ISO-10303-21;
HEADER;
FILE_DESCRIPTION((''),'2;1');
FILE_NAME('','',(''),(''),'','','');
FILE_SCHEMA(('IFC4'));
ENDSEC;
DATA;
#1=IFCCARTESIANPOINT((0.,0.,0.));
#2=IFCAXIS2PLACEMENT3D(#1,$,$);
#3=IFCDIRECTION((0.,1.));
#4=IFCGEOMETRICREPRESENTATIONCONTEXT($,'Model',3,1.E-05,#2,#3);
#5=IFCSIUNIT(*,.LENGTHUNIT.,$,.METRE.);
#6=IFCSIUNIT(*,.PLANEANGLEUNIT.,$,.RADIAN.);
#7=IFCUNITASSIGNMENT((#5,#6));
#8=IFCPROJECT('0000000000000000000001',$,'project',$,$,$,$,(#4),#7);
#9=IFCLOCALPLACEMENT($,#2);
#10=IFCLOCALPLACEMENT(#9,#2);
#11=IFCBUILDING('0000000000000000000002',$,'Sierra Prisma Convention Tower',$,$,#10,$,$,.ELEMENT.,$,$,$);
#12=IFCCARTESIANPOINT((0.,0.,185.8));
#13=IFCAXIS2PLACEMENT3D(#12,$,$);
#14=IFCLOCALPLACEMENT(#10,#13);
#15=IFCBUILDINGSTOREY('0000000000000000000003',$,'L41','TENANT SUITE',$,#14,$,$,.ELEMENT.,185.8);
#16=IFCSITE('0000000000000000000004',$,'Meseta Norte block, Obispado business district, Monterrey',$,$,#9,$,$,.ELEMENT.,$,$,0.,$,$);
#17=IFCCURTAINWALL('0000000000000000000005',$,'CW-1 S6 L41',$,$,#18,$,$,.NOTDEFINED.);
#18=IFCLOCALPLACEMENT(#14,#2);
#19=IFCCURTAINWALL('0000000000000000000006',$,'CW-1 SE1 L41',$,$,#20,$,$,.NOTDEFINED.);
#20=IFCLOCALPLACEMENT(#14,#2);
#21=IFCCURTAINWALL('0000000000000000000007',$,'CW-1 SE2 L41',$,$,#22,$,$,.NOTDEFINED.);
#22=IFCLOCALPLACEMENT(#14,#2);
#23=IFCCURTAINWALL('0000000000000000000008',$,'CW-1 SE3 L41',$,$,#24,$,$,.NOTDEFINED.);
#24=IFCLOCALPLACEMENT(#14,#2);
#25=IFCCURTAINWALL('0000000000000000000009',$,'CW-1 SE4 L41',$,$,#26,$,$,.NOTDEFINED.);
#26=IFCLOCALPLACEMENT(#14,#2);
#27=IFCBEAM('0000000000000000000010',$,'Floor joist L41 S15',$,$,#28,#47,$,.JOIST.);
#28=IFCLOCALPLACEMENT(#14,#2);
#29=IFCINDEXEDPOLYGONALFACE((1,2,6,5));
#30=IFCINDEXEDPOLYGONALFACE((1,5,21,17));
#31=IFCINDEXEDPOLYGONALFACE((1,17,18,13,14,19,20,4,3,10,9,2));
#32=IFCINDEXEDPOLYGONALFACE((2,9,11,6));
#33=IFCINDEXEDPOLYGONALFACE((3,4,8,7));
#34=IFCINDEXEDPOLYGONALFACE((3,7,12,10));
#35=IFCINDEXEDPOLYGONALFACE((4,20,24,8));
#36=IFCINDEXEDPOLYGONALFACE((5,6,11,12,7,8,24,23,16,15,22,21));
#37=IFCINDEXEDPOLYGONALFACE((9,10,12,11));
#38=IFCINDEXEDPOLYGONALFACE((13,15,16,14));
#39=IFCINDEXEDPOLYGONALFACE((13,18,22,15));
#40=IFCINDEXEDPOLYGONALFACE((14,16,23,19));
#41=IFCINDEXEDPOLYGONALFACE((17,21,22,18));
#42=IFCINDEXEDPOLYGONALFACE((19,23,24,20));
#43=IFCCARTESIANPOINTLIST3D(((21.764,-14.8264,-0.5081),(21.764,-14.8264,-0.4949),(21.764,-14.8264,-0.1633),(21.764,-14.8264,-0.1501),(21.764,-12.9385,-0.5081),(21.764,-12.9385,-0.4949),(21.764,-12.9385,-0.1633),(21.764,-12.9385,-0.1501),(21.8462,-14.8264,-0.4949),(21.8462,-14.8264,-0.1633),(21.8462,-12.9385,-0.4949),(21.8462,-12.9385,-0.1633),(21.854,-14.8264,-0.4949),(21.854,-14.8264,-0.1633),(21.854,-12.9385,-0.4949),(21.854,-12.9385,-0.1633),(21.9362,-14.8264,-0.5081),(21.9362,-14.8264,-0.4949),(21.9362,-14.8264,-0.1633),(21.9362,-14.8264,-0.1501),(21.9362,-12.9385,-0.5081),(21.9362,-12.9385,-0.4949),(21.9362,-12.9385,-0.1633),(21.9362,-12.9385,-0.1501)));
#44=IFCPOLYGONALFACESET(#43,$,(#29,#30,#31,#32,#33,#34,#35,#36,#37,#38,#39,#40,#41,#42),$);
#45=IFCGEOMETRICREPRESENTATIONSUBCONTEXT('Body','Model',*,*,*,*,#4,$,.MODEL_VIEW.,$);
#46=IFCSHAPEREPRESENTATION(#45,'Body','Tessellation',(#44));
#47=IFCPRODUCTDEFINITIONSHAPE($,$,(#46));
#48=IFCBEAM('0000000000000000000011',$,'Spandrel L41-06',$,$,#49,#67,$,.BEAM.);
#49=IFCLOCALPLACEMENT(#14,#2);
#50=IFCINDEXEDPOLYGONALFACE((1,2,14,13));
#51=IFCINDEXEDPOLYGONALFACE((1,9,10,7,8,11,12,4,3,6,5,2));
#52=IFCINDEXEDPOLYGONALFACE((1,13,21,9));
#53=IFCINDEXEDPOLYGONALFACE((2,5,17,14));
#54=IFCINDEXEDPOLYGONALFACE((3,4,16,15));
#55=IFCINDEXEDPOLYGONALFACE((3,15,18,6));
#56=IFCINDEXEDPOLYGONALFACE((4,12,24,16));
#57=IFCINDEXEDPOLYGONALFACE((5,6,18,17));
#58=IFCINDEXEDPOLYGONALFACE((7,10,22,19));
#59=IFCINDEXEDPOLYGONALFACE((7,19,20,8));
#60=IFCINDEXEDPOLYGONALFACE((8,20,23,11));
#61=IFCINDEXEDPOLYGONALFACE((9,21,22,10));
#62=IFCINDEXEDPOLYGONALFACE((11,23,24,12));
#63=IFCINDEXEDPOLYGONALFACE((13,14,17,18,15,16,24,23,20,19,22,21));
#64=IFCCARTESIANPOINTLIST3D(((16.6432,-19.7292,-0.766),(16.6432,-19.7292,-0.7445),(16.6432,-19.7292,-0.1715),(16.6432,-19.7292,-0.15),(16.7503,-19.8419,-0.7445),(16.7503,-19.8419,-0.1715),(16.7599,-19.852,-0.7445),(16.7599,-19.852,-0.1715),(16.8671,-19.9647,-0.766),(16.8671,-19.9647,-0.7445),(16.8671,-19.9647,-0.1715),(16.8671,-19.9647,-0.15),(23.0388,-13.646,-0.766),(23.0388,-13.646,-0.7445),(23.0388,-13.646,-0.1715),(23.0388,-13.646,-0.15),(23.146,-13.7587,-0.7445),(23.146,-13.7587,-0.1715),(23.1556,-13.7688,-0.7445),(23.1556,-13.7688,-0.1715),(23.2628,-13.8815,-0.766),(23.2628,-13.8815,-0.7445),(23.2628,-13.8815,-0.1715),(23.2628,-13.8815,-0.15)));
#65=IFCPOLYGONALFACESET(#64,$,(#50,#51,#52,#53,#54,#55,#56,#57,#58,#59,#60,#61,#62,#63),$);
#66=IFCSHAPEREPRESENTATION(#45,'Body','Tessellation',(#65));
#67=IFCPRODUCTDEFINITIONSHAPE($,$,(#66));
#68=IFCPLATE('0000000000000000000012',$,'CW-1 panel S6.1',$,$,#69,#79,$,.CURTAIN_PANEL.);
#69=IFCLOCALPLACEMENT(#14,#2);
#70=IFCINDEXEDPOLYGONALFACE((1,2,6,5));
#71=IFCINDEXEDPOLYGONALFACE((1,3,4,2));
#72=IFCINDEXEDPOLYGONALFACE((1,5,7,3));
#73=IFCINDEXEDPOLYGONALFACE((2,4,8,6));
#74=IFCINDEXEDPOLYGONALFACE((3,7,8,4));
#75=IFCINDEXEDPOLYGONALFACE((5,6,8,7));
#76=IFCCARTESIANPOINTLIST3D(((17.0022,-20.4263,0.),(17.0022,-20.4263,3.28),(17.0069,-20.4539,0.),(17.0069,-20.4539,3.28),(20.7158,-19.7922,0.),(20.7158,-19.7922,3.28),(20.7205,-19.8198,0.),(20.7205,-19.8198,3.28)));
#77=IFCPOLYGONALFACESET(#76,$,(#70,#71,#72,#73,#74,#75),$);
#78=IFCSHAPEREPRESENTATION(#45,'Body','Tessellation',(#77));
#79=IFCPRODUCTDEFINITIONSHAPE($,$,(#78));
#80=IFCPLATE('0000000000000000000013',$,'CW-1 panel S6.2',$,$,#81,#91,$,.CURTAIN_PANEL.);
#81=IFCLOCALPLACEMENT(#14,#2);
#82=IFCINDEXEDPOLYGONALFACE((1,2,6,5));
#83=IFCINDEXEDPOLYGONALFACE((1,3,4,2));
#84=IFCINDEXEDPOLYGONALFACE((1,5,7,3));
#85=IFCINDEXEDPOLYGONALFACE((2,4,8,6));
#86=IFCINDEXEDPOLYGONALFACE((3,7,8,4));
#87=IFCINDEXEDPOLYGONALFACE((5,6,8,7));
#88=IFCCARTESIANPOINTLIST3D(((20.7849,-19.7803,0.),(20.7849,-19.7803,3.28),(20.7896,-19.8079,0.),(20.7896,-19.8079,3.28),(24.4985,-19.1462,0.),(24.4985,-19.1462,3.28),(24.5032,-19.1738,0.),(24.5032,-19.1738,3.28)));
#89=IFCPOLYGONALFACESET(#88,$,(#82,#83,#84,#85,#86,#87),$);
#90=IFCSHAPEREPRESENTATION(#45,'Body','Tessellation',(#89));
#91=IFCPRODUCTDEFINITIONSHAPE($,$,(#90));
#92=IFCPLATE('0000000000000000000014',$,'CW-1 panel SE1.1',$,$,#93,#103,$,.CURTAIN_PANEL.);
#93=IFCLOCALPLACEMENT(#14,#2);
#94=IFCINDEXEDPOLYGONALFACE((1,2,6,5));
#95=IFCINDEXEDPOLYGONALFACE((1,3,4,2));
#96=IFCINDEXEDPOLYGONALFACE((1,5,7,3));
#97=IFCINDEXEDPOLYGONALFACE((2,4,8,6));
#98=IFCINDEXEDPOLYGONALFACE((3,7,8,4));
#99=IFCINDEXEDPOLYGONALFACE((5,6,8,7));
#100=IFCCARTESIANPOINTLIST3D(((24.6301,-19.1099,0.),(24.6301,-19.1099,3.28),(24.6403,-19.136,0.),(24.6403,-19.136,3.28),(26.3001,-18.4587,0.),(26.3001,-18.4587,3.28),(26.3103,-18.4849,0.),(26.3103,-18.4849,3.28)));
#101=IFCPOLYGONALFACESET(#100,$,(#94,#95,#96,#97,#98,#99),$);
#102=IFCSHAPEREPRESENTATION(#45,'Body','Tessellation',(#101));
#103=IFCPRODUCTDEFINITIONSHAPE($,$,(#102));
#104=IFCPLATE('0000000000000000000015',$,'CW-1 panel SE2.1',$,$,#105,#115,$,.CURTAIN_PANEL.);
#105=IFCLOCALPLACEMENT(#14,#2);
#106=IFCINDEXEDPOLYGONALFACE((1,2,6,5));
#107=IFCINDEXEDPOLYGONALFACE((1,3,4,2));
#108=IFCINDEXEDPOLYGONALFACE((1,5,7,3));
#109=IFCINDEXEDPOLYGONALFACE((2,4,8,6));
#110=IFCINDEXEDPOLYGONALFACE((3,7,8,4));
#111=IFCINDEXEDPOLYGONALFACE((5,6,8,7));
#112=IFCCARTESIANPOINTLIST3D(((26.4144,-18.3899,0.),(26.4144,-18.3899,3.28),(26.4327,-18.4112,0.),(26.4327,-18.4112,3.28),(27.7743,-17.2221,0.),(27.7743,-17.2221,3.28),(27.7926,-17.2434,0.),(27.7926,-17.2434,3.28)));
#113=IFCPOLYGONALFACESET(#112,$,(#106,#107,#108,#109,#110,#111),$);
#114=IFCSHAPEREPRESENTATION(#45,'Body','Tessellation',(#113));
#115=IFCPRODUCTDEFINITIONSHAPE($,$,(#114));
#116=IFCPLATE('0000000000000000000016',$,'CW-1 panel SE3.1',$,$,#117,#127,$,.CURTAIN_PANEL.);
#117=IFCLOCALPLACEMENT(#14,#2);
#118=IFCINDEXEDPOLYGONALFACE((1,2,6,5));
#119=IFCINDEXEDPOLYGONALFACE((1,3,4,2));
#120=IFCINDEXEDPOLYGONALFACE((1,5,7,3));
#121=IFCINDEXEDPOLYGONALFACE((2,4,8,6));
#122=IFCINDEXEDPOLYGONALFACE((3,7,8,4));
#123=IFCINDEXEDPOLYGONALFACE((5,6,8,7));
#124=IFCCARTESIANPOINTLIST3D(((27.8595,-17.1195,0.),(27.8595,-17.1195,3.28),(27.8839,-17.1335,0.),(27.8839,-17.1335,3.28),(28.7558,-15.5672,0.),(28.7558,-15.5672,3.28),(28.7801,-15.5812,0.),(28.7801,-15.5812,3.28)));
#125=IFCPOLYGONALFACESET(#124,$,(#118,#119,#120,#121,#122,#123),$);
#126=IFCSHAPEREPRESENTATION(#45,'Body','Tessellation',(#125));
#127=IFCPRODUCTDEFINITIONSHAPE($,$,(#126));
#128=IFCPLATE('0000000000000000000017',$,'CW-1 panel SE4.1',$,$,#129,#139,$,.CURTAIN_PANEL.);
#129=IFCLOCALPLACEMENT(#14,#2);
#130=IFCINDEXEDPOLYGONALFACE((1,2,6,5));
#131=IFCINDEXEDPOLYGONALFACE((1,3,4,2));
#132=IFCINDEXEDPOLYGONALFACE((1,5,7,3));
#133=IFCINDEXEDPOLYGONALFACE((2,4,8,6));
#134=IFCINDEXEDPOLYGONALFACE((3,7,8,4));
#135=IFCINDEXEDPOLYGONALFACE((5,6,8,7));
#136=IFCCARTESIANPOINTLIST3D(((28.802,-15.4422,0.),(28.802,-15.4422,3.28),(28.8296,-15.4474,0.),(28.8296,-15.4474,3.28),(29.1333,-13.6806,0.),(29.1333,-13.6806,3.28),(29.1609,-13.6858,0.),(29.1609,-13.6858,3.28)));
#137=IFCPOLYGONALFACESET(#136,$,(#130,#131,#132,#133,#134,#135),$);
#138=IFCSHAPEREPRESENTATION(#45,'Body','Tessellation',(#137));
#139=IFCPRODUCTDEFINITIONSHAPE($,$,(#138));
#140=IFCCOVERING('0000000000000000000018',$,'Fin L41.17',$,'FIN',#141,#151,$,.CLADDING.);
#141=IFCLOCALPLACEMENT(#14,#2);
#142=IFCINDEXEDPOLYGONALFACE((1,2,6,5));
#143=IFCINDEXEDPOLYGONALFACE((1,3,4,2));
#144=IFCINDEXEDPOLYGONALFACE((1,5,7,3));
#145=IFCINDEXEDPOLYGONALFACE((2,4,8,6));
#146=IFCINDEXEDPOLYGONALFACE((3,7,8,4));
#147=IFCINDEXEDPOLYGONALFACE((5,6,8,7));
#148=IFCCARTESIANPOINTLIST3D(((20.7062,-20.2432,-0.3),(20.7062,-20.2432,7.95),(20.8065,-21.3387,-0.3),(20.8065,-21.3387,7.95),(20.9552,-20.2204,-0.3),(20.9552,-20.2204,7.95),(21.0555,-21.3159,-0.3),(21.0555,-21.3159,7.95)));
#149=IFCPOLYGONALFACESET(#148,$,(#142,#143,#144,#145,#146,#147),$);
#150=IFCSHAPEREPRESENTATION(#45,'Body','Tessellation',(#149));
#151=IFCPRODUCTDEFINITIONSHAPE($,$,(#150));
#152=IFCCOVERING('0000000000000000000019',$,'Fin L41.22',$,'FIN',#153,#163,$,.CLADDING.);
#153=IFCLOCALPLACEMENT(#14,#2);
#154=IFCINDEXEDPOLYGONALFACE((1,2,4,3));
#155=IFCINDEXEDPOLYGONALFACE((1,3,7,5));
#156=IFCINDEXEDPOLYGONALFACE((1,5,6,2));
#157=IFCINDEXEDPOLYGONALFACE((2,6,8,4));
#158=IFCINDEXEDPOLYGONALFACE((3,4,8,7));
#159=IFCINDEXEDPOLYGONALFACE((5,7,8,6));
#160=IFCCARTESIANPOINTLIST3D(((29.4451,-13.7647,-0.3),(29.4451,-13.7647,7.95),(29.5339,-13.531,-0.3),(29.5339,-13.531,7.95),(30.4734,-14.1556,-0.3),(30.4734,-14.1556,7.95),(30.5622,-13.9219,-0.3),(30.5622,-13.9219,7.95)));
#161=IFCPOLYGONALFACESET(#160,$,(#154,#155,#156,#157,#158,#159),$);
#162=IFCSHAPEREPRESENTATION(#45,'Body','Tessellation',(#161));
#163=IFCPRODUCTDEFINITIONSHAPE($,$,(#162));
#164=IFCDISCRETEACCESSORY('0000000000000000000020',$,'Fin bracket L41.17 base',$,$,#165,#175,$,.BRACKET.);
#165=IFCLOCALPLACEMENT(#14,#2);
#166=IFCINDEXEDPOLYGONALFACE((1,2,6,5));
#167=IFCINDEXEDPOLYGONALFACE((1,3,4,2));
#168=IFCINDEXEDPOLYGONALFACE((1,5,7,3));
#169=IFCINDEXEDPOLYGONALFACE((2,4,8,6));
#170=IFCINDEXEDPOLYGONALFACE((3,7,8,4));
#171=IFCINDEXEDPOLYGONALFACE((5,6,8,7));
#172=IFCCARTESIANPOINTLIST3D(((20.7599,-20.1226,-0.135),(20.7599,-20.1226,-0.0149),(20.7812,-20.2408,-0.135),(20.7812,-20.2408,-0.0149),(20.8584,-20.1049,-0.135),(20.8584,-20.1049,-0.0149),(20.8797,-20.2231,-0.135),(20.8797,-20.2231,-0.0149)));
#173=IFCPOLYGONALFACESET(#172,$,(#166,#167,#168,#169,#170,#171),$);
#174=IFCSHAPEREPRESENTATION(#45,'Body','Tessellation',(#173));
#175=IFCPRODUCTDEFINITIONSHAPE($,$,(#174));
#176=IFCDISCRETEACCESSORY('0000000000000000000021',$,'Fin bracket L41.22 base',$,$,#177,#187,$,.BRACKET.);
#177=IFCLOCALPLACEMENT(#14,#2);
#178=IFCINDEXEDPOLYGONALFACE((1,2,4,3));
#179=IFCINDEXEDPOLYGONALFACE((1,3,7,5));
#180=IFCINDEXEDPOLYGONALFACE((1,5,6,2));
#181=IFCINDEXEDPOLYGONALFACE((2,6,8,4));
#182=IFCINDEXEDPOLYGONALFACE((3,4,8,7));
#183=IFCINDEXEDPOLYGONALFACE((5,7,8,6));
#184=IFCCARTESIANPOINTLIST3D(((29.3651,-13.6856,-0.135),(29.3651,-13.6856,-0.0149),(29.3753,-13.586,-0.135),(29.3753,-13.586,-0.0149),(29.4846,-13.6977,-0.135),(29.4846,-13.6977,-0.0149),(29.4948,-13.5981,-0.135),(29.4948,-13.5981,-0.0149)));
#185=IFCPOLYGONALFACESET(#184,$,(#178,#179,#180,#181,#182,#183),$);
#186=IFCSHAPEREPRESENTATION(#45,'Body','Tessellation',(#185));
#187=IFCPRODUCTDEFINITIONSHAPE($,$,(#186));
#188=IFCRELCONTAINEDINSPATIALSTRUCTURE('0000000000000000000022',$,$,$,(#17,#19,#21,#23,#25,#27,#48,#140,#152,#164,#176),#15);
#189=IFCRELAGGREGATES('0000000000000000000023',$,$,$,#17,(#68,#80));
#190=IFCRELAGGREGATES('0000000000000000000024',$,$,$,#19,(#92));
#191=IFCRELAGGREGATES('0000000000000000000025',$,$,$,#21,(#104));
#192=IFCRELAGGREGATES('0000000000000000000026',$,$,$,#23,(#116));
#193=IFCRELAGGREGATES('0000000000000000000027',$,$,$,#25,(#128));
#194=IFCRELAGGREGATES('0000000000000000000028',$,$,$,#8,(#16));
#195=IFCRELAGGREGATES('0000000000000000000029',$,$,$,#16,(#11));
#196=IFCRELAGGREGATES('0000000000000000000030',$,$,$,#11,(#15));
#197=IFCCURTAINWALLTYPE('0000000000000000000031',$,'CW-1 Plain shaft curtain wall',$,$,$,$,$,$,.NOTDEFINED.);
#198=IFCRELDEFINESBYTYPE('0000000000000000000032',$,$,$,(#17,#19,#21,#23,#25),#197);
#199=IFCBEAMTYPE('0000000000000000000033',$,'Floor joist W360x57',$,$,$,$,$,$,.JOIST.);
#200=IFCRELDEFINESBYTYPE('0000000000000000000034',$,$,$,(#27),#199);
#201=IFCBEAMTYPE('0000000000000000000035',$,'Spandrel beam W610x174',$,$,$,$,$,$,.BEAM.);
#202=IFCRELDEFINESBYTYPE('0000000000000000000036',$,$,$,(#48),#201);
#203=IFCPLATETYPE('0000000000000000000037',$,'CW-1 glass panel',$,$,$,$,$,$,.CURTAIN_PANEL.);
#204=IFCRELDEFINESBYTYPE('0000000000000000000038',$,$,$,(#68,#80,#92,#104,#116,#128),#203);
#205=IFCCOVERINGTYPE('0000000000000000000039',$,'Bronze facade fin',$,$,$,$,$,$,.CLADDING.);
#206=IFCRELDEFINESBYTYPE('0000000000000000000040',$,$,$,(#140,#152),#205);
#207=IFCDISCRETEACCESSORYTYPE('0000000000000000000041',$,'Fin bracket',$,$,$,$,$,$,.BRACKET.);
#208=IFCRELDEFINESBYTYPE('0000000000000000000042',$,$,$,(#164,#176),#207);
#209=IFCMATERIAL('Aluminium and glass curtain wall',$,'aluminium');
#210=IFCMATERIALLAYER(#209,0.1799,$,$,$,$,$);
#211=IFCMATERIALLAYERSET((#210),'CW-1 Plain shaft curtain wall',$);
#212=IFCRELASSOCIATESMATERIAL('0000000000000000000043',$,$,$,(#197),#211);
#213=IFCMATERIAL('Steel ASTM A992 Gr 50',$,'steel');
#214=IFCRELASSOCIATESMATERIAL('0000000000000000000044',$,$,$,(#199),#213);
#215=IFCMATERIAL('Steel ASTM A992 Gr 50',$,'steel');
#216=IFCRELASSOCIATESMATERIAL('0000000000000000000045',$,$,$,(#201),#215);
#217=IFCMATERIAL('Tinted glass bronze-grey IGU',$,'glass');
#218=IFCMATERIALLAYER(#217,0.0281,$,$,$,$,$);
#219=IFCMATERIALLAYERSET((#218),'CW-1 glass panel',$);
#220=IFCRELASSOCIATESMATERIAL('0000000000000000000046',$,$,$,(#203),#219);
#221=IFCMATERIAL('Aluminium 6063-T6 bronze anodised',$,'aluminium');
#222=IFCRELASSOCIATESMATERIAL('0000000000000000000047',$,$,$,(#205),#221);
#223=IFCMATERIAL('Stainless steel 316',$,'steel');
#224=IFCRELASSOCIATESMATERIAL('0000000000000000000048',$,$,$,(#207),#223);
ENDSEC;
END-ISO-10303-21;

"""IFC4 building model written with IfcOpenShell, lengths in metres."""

from ifc_helpers import new_model, si_unit, direction, frame, origin, origin_2d, place, context, subcontext, project, spatial, rectangle, i_section, extrude, material, layer, layer_set, material_profile, profile_set, type_object, element, aggregate, save


model = new_model("IFC4")

# Units and contexts
model_context = context("Model", 3, precision=1e-05, world=origin(), true_north=direction((0.0, 1.0)))
body_context = subcontext(model_context, "Body", "Model", "MODEL_VIEW")
ifc_project = project(units=[si_unit("LENGTHUNIT", "METRE"), si_unit("PLANEANGLEUNIT", "RADIAN")], contexts=[model_context])

# Site, building, storey
site_placement = place(None, origin())
site = spatial("IfcSite", under=ifc_project, at=site_placement, Name="Meseta Norte block, Obispado business district, Monterrey", CompositionType="ELEMENT", RefElevation=0.0)
building_placement = place(site_placement, origin())
building = spatial("IfcBuilding", under=site, at=building_placement, Name="Sierra Prisma Convention Tower", CompositionType="ELEMENT")
storey_placement = place(building_placement, frame((0.0, 0.0, 185.8)))
storey = spatial("IfcBuildingStorey", under=building, at=storey_placement, Name="L41", Description="TENANT SUITE", CompositionType="ELEMENT", Elevation=185.8)

# Curtain walls
ifc_material_1 = material(Name="Aluminium and glass curtain wall", Category="aluminium")
ifc_layer_1 = layer(ifc_material_1, 0.1799)
ifc_layer_set_1 = layer_set([ifc_layer_1], Name="CW-1 Plain shaft curtain wall")
curtain_wall_type = type_object("IfcCurtainWallType", Name="CW-1 Plain shaft curtain wall", PredefinedType="NOTDEFINED", material=ifc_layer_set_1)
curtain_wall_1_placement = place(storey_placement, origin())
curtain_wall_1 = element("IfcCurtainWall", 1, at=curtain_wall_1_placement, inside=storey, type_object=curtain_wall_type, Name="CW-1 S6 L41", PredefinedType="NOTDEFINED")
curtain_wall_2_placement = place(storey_placement, origin())
curtain_wall_2 = element("IfcCurtainWall", 2, at=curtain_wall_2_placement, inside=storey, type_object=curtain_wall_type, Name="CW-1 SE1 L41", PredefinedType="NOTDEFINED")
curtain_wall_3_placement = place(storey_placement, origin())
curtain_wall_3 = element("IfcCurtainWall", 3, at=curtain_wall_3_placement, inside=storey, type_object=curtain_wall_type, Name="CW-1 SE2 L41", PredefinedType="NOTDEFINED")
curtain_wall_4_placement = place(storey_placement, origin())
curtain_wall_4 = element("IfcCurtainWall", 4, at=curtain_wall_4_placement, inside=storey, type_object=curtain_wall_type, Name="CW-1 SE3 L41", PredefinedType="NOTDEFINED")
curtain_wall_5_placement = place(storey_placement, origin())
curtain_wall_5 = element("IfcCurtainWall", 5, at=curtain_wall_5_placement, inside=storey, type_object=curtain_wall_type, Name="CW-1 SE4 L41", PredefinedType="NOTDEFINED")

# Beams
ifc_material_2 = material(Name="Steel ASTM A992 Gr 50", Category="steel")
ifc_material_profile_1 = material_profile(ifc_material_2, i_section(OverallWidth=0.1721, OverallDepth=0.3579, WebThickness=0.0078, FlangeThickness=0.0132, at=origin_2d()), Name="W360x57")
ifc_profile_set_1 = profile_set([ifc_material_profile_1], Name="Steel ASTM A992 Gr 50")
beam_type_1 = type_object("IfcBeamType", Name="Floor joist W360x57", PredefinedType="JOIST", material=ifc_profile_set_1)
beam_1_placement = place(storey_placement, frame((21.8501, -14.8264, -0.3291), z_axis=(0.0, 1.0, 0.0), x_axis=(-1.0, 0.0, 0.0)))
element("IfcBeam", 6, at=beam_1_placement, inside=storey, type_object=beam_type_1, Name="Floor joist L41 S15", PredefinedType="JOIST", context=body_context, shape_type="SweptSolid", body=[
    extrude(i_section(OverallWidth=0.1721, OverallDepth=0.3579, WebThickness=0.0078, FlangeThickness=0.0132, at=origin_2d()), origin(), (0.0, 0.0, 1.0), 1.8879),
])
ifc_material_3 = material(Name="Steel ASTM A992 Gr 50", Category="steel")
ifc_material_profile_2 = material_profile(ifc_material_3, i_section(OverallWidth=0.325, OverallDepth=0.616, WebThickness=0.0139, FlangeThickness=0.0215, at=origin_2d()), Name="W610x174")
ifc_profile_set_2 = profile_set([ifc_material_profile_2], Name="Steel ASTM A992 Gr 50")
beam_type_2 = type_object("IfcBeamType", Name="Spandrel beam W610x174", PredefinedType="BEAM", material=ifc_profile_set_2)
beam_2_placement = place(storey_placement, frame((16.7551, -19.8469, -0.458), z_axis=(0.724587, 0.689183, 0.0), x_axis=(-0.689183, 0.724587, 0.0)))
element("IfcBeam", 7, at=beam_2_placement, inside=storey, type_object=beam_type_2, Name="Spandrel L41-06", PredefinedType="BEAM", context=body_context, shape_type="SweptSolid", body=[
    extrude(i_section(OverallWidth=0.325, OverallDepth=0.616, WebThickness=0.0139, FlangeThickness=0.0215, at=origin_2d()), origin(), (0.0, 0.0, 1.0), 8.8267),
])

# Plates
ifc_material_4 = material(Name="Tinted glass bronze-grey IGU", Category="glass")
ifc_layer_2 = layer(ifc_material_4, 0.0281)
ifc_layer_set_2 = layer_set([ifc_layer_2], Name="CW-1 glass panel")
plate_type = type_object("IfcPlateType", Name="CW-1 glass panel", PredefinedType="CURTAIN_PANEL", material=ifc_layer_set_2)
plate_1_placement = place(storey_placement, frame((18.8613, -20.123, 0.0), z_axis=(0.0, 0.0, 1.0), x_axis=(0.985734, 0.168313, 0.0)))
plate_1 = element("IfcPlate", 8, at=plate_1_placement, type_object=plate_type, Name="CW-1 panel S6.1", PredefinedType="CURTAIN_PANEL", context=body_context, shape_type="SweptSolid", body=[
    extrude(rectangle(XDim=3.7673, YDim=0.0281, at=origin_2d()), origin(), (0.0, 0.0, 1.0), 3.28),
])
plate_2_placement = place(storey_placement, frame((22.644, -19.4771, 0.0), z_axis=(0.0, 0.0, 1.0), x_axis=(0.985734, 0.168313, 0.0)))
plate_2 = element("IfcPlate", 9, at=plate_2_placement, type_object=plate_type, Name="CW-1 panel S6.2", PredefinedType="CURTAIN_PANEL", context=body_context, shape_type="SweptSolid", body=[
    extrude(rectangle(XDim=3.7673, YDim=0.0281, at=origin_2d()), origin(), (0.0, 0.0, 1.0), 3.28),
])
aggregate(curtain_wall_1, [plate_1, plate_2])
plate_3_placement = place(storey_placement, frame((25.4702, -18.7974, 0.0), z_axis=(0.0, 0.0, 1.0), x_axis=(0.931678, 0.363286, 0.0)))
plate_3 = element("IfcPlate", 10, at=plate_3_placement, type_object=plate_type, Name="CW-1 panel SE1.1", PredefinedType="CURTAIN_PANEL", context=body_context, shape_type="SweptSolid", body=[
    extrude(rectangle(XDim=1.7925, YDim=0.0281, at=origin_2d()), origin(), (0.0, 0.0, 1.0), 3.28),
])
aggregate(curtain_wall_2, [plate_3])
plate_4_placement = place(storey_placement, frame((27.1035, -17.8167, 0.0), z_axis=(0.0, 0.0, 1.0), x_axis=(0.758691, 0.651451, 0.0)))
plate_4 = element("IfcPlate", 11, at=plate_4_placement, type_object=plate_type, Name="CW-1 panel SE2.1", PredefinedType="CURTAIN_PANEL", context=body_context, shape_type="SweptSolid", body=[
    extrude(rectangle(XDim=1.7925, YDim=0.0281, at=origin_2d()), origin(), (0.0, 0.0, 1.0), 3.28),
])
aggregate(curtain_wall_3, [plate_4])
plate_5_placement = place(storey_placement, frame((28.3198, -16.3503, 0.0), z_axis=(0.0, 0.0, 1.0), x_axis=(0.5, 0.866025, 0.0)))
plate_5 = element("IfcPlate", 12, at=plate_5_placement, type_object=plate_type, Name="CW-1 panel SE3.1", PredefinedType="CURTAIN_PANEL", context=body_context, shape_type="SweptSolid", body=[
    extrude(rectangle(XDim=1.7925, YDim=0.0281, at=origin_2d()), origin(), (0.0, 0.0, 1.0), 3.28),
])
aggregate(curtain_wall_4, [plate_5])
plate_6_placement = place(storey_placement, frame((28.9814, -14.564, 0.0), z_axis=(0.0, 0.0, 1.0), x_axis=(0.184827, 0.982771, 0.0)))
plate_6 = element("IfcPlate", 13, at=plate_6_placement, type_object=plate_type, Name="CW-1 panel SE4.1", PredefinedType="CURTAIN_PANEL", context=body_context, shape_type="SweptSolid", body=[
    extrude(rectangle(XDim=1.7925, YDim=0.0281, at=origin_2d()), origin(), (0.0, 0.0, 1.0), 3.28),
])
aggregate(curtain_wall_5, [plate_6])

# Coverings
ifc_material_5 = material(Name="Aluminium 6063-T6 bronze anodised", Category="aluminium")
ifc_material_profile_3 = material_profile(ifc_material_5, rectangle(XDim=1.1001, YDim=0.25, at=origin_2d()), Name="ALU FIN 1100x250")
ifc_profile_set_3 = profile_set([ifc_material_profile_3], Name="Aluminium 6063-T6 bronze anodised")
covering_type = type_object("IfcCoveringType", Name="Bronze facade fin", PredefinedType="CLADDING", material=ifc_profile_set_3)
for number, where, z_axis, x_axis, name in (
    (14, (20.8809, -20.7795, -0.3), (0.0, 0.0, 1.0), (0.091195, -0.995833, 0.0), "Fin L41.17"),
    (15, (30.0037, -13.8433, -0.3), (0.0, 0.0, 1.0), (0.93474, -0.355333, 0.0), "Fin L41.22"),
):
    element("IfcCovering", number, at=place(storey_placement, frame(where, z_axis=z_axis, x_axis=x_axis)), inside=storey, type_object=covering_type, Name=name, ObjectType="FIN", PredefinedType="CLADDING", context=body_context, shape_type="SweptSolid", body=[
        extrude(rectangle(XDim=1.1001, YDim=0.25, at=origin_2d()), origin(), (0.0, 0.0, 1.0), 8.25),
    ])

# Discrete accessories
ifc_material_6 = material(Name="Stainless steel 316", Category="steel")
discrete_accessory_type = type_object("IfcDiscreteAccessoryType", Name="Fin bracket", PredefinedType="BRACKET", material=ifc_material_6)
for number, where, z_axis, x_axis, name in (
    (16, (20.8198, -20.1729, -0.135), (0.0, 0.0, 1.0), (0.17764, -0.984095, 0.0), "Fin bracket L41.17 base"),
    (17, (29.4299, -13.6418, -0.135), (0.0, 0.0, 1.0), (0.994856, -0.101297, 0.0), "Fin bracket L41.22 base"),
):
    element("IfcDiscreteAccessory", number, at=place(storey_placement, frame(where, z_axis=z_axis, x_axis=x_axis)), inside=storey, type_object=discrete_accessory_type, Name=name, PredefinedType="BRACKET", context=body_context, shape_type="SweptSolid", body=[
        extrude(rectangle(XDim=0.1201, YDim=0.1001, at=origin_2d()), origin(), (0.0, 0.0, 1.0), 0.1201),
    ])

save(model, "model.ifc")
